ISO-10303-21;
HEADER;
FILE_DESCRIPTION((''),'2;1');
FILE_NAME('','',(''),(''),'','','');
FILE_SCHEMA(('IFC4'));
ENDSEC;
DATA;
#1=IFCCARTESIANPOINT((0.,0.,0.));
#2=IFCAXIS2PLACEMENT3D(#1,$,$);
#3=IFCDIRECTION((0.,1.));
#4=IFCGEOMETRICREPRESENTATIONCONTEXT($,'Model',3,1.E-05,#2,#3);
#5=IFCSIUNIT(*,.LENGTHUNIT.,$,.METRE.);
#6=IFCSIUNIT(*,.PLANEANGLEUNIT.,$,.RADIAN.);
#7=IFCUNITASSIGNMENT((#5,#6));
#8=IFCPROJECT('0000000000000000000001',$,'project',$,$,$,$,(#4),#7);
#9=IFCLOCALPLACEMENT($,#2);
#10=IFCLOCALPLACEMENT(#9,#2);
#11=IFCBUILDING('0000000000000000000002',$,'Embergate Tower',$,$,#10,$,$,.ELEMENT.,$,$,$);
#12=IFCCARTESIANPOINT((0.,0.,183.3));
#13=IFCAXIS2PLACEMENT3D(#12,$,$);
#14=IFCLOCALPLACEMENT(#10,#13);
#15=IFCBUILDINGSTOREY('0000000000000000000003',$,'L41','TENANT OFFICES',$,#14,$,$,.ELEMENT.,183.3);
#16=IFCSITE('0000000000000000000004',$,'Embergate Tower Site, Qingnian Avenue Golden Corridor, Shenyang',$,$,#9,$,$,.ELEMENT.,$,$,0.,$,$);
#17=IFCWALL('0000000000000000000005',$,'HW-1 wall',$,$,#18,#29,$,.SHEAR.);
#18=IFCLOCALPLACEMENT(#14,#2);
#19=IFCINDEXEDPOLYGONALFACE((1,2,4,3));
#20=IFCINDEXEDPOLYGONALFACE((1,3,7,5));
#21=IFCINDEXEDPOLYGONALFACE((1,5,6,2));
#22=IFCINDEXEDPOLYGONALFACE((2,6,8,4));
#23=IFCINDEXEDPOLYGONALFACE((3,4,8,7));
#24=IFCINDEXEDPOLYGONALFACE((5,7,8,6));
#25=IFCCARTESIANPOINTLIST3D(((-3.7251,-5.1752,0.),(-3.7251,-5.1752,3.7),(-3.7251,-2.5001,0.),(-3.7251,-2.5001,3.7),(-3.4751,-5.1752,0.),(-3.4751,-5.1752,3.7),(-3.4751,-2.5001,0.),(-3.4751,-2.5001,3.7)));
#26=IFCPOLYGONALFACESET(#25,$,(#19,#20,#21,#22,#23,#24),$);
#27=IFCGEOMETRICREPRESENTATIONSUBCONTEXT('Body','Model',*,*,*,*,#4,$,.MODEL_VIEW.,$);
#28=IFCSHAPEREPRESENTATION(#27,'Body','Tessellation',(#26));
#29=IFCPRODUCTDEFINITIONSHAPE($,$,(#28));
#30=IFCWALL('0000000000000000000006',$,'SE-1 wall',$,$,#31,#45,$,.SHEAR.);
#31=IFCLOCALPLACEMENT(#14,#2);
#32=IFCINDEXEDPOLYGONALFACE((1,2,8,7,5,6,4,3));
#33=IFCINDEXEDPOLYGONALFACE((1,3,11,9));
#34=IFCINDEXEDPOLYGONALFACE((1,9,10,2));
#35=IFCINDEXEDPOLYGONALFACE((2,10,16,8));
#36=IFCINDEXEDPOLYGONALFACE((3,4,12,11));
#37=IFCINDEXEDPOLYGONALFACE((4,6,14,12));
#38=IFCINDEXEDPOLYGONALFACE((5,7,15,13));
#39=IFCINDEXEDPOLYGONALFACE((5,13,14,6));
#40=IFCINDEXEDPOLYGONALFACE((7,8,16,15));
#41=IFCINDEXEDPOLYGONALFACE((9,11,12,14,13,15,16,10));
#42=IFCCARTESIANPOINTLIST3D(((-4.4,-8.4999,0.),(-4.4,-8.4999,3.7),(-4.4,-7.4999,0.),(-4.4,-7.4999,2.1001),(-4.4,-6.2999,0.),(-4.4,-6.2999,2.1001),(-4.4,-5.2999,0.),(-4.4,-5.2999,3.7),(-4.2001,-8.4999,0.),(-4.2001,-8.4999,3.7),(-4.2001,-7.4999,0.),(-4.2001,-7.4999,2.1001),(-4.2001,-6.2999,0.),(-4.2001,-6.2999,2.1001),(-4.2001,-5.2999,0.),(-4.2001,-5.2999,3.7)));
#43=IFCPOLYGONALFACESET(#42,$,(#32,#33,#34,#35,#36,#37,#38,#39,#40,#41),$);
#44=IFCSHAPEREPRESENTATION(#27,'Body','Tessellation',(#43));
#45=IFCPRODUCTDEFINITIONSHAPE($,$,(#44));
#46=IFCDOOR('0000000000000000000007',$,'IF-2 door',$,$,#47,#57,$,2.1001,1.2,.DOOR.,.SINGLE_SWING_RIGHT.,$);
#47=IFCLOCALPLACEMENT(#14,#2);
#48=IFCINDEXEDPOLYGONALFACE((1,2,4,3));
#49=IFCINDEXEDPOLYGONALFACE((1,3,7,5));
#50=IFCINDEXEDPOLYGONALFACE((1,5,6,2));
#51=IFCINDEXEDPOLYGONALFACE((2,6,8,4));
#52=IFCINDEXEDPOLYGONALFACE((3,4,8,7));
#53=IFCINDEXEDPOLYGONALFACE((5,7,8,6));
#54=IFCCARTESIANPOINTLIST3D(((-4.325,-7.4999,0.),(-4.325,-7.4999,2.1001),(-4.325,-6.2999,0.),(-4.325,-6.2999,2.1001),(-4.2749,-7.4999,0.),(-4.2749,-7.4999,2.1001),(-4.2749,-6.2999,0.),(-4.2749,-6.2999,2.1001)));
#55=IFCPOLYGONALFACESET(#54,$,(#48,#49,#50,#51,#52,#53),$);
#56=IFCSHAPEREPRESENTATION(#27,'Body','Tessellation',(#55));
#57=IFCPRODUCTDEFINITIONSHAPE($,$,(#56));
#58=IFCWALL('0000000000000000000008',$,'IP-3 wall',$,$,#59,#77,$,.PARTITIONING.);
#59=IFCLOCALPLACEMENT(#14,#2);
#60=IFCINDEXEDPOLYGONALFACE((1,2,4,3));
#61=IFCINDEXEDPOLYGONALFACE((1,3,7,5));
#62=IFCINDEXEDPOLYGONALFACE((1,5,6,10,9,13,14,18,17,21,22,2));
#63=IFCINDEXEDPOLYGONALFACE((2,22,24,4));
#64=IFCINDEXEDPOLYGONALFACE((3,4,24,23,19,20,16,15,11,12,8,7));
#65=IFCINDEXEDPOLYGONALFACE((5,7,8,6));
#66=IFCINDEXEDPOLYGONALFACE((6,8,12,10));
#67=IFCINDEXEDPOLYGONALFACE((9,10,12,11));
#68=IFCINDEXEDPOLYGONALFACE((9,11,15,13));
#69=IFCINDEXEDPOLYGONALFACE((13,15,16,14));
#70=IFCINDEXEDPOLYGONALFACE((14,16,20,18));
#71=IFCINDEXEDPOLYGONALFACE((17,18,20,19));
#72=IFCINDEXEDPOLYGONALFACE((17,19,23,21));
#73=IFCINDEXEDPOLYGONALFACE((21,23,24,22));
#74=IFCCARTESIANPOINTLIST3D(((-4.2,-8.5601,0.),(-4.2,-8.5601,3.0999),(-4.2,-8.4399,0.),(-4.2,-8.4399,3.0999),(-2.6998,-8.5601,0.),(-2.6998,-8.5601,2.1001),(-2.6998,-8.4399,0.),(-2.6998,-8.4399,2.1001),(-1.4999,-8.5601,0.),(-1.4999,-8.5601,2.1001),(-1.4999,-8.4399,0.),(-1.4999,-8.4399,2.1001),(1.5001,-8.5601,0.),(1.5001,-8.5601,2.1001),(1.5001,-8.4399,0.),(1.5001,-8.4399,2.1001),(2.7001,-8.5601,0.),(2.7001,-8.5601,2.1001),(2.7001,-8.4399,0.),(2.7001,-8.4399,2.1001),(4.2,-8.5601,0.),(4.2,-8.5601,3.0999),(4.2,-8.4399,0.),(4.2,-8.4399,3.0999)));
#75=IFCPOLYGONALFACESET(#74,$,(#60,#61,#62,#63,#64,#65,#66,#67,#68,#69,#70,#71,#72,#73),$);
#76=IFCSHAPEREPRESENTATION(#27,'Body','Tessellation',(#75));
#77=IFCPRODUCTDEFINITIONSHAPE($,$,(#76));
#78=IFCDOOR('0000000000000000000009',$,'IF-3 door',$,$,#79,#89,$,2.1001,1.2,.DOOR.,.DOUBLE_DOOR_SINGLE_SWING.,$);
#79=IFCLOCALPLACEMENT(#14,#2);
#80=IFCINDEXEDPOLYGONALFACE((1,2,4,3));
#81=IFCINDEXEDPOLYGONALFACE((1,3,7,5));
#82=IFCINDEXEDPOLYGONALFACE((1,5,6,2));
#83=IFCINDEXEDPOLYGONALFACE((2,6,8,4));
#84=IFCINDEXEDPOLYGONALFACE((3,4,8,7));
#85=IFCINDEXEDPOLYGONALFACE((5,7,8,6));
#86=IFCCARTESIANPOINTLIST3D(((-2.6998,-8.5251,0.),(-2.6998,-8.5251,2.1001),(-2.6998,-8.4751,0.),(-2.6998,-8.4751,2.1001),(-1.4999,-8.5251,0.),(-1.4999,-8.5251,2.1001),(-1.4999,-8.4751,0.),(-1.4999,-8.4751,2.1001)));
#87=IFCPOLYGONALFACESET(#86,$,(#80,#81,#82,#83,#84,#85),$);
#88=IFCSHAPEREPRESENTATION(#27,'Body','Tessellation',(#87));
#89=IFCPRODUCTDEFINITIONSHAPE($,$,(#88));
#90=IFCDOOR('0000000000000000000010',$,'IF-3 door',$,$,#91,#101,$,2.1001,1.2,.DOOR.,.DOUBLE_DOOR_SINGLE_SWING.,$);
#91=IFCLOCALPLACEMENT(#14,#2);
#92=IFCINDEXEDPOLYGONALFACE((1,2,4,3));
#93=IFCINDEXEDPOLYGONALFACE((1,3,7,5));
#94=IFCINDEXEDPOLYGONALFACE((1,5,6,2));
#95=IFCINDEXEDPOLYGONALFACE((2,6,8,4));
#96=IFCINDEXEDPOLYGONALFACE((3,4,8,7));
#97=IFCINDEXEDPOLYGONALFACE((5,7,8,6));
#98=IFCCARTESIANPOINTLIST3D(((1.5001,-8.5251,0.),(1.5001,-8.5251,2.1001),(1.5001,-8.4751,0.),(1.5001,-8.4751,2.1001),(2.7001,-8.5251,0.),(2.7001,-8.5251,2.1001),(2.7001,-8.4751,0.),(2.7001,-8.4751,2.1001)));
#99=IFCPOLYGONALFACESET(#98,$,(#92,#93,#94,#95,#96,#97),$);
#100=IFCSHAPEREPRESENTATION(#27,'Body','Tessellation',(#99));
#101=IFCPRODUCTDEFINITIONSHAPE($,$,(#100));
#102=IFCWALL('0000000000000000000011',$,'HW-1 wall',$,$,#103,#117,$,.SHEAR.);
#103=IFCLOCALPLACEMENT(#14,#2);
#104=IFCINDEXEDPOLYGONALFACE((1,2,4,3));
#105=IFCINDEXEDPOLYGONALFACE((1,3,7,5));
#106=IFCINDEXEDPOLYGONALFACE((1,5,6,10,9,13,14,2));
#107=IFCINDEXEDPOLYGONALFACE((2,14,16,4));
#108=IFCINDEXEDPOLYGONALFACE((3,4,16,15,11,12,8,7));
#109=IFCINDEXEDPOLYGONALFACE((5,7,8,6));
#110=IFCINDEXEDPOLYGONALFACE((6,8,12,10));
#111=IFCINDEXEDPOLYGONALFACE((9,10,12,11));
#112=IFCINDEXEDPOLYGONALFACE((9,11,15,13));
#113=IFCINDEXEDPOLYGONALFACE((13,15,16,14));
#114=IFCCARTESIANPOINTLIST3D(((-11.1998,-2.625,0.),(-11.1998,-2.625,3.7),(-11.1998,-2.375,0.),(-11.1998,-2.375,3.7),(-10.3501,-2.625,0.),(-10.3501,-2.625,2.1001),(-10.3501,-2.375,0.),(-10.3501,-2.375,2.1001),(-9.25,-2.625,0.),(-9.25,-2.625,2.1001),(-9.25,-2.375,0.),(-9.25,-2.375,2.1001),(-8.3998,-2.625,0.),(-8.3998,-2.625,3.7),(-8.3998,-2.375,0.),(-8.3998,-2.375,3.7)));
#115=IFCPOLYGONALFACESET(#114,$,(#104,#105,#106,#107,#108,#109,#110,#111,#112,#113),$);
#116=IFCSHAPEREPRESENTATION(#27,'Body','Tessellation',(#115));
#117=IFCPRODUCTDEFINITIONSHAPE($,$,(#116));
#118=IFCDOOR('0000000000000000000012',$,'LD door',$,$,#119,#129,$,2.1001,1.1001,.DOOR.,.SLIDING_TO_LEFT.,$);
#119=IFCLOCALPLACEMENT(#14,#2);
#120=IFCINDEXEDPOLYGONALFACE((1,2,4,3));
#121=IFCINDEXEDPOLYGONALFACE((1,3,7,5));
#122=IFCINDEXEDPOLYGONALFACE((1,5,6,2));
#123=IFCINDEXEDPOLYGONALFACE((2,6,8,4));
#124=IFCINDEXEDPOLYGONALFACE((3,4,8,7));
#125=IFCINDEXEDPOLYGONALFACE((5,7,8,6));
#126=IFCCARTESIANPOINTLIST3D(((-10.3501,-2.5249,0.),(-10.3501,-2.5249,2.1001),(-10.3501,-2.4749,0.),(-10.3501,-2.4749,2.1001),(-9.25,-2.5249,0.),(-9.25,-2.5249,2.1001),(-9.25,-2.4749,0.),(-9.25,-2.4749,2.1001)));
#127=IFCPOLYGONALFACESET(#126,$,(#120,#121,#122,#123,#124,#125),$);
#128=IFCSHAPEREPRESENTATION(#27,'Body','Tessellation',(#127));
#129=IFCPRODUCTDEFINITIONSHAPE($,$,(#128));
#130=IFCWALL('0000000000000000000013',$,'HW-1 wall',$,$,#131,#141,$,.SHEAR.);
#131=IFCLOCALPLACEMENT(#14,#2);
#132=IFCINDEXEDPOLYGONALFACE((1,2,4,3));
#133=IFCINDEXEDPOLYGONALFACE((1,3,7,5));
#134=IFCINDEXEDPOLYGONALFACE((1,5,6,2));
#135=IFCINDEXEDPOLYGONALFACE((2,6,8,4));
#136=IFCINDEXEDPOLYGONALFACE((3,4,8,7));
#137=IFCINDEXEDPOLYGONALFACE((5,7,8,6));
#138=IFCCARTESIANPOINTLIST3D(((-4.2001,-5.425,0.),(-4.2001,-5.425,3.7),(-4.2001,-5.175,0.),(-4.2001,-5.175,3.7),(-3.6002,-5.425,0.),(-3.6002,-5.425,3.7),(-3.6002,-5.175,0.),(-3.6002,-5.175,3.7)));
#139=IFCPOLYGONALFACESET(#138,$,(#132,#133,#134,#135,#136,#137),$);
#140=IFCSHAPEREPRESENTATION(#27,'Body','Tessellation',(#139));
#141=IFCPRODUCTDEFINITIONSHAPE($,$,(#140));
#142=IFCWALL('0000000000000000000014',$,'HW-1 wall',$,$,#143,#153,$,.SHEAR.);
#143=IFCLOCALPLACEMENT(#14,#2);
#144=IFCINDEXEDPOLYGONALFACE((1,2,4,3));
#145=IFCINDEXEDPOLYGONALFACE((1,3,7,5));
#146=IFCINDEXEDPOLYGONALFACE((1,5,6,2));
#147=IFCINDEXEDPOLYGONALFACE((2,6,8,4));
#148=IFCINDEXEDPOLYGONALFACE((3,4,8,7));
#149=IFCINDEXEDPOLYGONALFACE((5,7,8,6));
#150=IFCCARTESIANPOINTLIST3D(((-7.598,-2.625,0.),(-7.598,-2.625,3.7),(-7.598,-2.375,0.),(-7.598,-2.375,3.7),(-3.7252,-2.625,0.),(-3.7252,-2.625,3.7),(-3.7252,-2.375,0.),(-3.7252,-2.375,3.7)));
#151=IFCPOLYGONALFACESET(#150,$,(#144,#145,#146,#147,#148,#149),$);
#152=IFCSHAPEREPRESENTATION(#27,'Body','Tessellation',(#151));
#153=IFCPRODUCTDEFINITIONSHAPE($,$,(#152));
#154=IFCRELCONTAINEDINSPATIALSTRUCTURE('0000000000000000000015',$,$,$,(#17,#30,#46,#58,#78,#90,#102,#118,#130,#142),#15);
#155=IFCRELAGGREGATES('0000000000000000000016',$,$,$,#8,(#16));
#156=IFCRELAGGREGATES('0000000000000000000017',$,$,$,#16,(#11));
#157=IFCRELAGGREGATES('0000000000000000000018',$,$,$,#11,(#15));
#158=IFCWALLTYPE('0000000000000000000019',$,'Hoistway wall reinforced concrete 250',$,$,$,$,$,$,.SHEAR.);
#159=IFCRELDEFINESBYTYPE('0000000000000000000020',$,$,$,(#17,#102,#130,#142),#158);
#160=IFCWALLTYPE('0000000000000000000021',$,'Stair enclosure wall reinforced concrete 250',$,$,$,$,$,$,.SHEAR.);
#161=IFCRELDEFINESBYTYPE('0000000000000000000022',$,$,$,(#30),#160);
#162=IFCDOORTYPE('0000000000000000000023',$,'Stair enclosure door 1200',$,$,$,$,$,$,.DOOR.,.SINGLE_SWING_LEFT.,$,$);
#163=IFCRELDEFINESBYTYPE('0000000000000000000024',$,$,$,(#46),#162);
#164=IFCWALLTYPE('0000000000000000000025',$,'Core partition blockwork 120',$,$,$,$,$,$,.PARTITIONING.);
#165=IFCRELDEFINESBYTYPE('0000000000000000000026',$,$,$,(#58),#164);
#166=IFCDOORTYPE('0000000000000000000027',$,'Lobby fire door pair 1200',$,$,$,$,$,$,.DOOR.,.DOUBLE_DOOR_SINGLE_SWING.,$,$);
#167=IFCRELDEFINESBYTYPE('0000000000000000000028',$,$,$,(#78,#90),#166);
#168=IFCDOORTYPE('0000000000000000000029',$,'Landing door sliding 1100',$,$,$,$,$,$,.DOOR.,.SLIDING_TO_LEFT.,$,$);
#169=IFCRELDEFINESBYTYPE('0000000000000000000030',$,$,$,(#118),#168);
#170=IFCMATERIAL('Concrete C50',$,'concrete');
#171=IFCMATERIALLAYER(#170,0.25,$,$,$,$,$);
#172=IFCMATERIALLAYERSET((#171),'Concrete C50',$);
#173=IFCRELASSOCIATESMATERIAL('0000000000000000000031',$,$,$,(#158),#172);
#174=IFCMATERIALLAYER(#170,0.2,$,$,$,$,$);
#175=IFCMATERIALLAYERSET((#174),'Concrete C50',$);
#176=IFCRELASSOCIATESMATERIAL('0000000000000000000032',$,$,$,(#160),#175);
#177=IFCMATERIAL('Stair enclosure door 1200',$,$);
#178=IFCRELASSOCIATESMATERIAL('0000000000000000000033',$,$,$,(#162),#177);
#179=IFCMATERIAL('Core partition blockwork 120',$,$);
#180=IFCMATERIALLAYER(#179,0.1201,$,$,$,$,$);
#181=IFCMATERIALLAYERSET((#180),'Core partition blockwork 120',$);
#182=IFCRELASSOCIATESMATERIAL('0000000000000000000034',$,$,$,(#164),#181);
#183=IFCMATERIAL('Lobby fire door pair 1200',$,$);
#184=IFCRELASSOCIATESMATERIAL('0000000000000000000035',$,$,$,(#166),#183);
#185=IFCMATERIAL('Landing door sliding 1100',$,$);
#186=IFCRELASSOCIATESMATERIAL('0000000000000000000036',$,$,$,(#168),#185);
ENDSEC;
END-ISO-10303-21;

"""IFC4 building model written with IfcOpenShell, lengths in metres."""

from ifc_helpers import new_model, si_unit, direction, frame, frame_2d, origin, place, context, subcontext, project, spatial, rectangle, extrude, source, transform, mapped, material, layer, layer_set, type_object, element, fill, save


model = new_model("IFC4")

# Units and contexts
model_context = context("Model", 3, precision=1e-05, world=origin(), true_north=direction((0.0, 1.0)))
body_context = subcontext(model_context, "Body", "Model", "MODEL_VIEW")
ifc_project = project(units=[si_unit("LENGTHUNIT", "METRE"), si_unit("PLANEANGLEUNIT", "RADIAN")], contexts=[model_context])

# Site, building, storey
site_placement = place(None, origin())
site = spatial("IfcSite", under=ifc_project, at=site_placement, Name="Embergate Tower Site, Qingnian Avenue Golden Corridor, Shenyang", CompositionType="ELEMENT", RefElevation=0.0)
building_placement = place(site_placement, origin())
building = spatial("IfcBuilding", under=site, at=building_placement, Name="Embergate Tower", CompositionType="ELEMENT")
storey_placement = place(building_placement, frame((0.0, 0.0, 183.3)))
storey = spatial("IfcBuildingStorey", under=building, at=storey_placement, Name="L41", Description="TENANT OFFICES", CompositionType="ELEMENT", Elevation=183.3)

# Wall
ifc_material_1 = material(Name="Concrete C50", Category="concrete")
ifc_layer_1 = layer(ifc_material_1, 0.25)
ifc_layer_set_1 = layer_set([ifc_layer_1], Name="Concrete C50")
wall_type_1 = type_object("IfcWallType", Name="Hoistway wall reinforced concrete 250", PredefinedType="SHEAR", material=ifc_layer_set_1)
shared_shape_1 = source(origin(), body_context, "Body", "SweptSolid", [
    extrude(rectangle(XDim=2.675, YDim=0.25, at=frame_2d((1.3374, 0.0))), origin(), (0.0, 0.0, 1.0), 3.7),
])
wall_1_placement = place(storey_placement, frame((-3.6001, -5.175, 0.0), z_axis=(0.0, 0.0, 1.0), x_axis=(0.0, 1.0, 0.0)))
element("IfcWall", 1, at=wall_1_placement, inside=storey, type_object=wall_type_1, Name="HW-1 wall", PredefinedType="SHEAR", context=body_context, shape_type="MappedRepresentation", body=[
    mapped(shared_shape_1, transform((0.0, 0.0, 0.0))),
])

# Wall, opening, door
ifc_layer_2 = layer(ifc_material_1, 0.2)
ifc_layer_set_2 = layer_set([ifc_layer_2], Name="Concrete C50")
wall_type_2 = type_object("IfcWallType", Name="Stair enclosure wall reinforced concrete 250", PredefinedType="SHEAR", material=ifc_layer_set_2)
shared_shape_2 = source(origin(), body_context, "Body", "SweptSolid", [
    extrude(rectangle(XDim=3.2, YDim=0.2, at=frame_2d((1.6001, 0.0))), origin(), (0.0, 0.0, 1.0), 3.7),
])
wall_2_placement = place(storey_placement, frame((-4.3, -8.5, 0.0), z_axis=(0.0, 0.0, 1.0), x_axis=(0.0, 1.0, 0.0)))
wall_2 = element("IfcWall", 2, at=wall_2_placement, inside=storey, type_object=wall_type_2, Name="SE-1 wall", PredefinedType="SHEAR", context=body_context, shape_type="MappedRepresentation", body=[
    mapped(shared_shape_2, transform((0.0, 0.0, 0.0))),
])
shared_shape_3 = source(origin(), body_context, "Body", "SweptSolid", [
    extrude(rectangle(XDim=1.2, YDim=2.1001, at=frame_2d((0.6001, 1.05))), frame((0.0, 0.1099, 0.0), z_axis=(0.0, -1.0, 0.0), x_axis=(1.0, 0.0, 0.0)), (0.0, 0.0, 1.0), 0.22),
])
opening_1_placement = place(wall_2_placement, frame((1.0, 0.0, 0.0)))
opening_1 = element("IfcOpeningElement", 3, at=opening_1_placement, cuts=wall_2, PredefinedType="OPENING", context=body_context, shape_type="MappedRepresentation", body=[
    mapped(shared_shape_3, transform((0.0, 0.0, 0.0))),
])
ifc_material_2 = material(Name="Stair enclosure door 1200")
door_type_1 = type_object("IfcDoorType", Name="Stair enclosure door 1200", OperationType="SINGLE_SWING_LEFT", PredefinedType="DOOR", material=ifc_material_2)
shared_shape_4 = source(origin(), body_context, "Body", "SweptSolid", [
    extrude(rectangle(XDim=1.2, YDim=2.1001, at=frame_2d((0.6001, 1.05))), frame((0.0, 0.0249, 0.0), z_axis=(0.0, -1.0, 0.0), x_axis=(1.0, 0.0, 0.0)), (0.0, 0.0, 1.0), 0.05),
])
door_1_placement = place(opening_1_placement, origin())
door_1 = element("IfcDoor", 4, at=door_1_placement, inside=storey, type_object=door_type_1, Name="IF-2 door", OperationType="SINGLE_SWING_RIGHT", OverallHeight=2.1001, OverallWidth=1.2, PredefinedType="DOOR", context=body_context, shape_type="MappedRepresentation", body=[
    mapped(shared_shape_4, transform((0.0, 0.0, 0.0))),
])
fill(opening_1, door_1)

# Wall, openings, doors
ifc_material_3 = material(Name="Core partition blockwork 120")
ifc_layer_3 = layer(ifc_material_3, 0.1201)
ifc_layer_set_3 = layer_set([ifc_layer_3], Name="Core partition blockwork 120")
wall_type_3 = type_object("IfcWallType", Name="Core partition blockwork 120", PredefinedType="PARTITIONING", material=ifc_layer_set_3)
shared_shape_5 = source(origin(), body_context, "Body", "SweptSolid", [
    extrude(rectangle(XDim=8.3999, YDim=0.1201, at=frame_2d((4.2, 0.0))), origin(), (0.0, 0.0, 1.0), 3.0999),
])
wall_3_placement = place(storey_placement, frame((-4.2, -8.5, 0.0), z_axis=(0.0, 0.0, 1.0), x_axis=(1.0, 0.0, 0.0)))
wall_3 = element("IfcWall", 5, at=wall_3_placement, inside=storey, type_object=wall_type_3, Name="IP-3 wall", PredefinedType="PARTITIONING", context=body_context, shape_type="MappedRepresentation", body=[
    mapped(shared_shape_5, transform((0.0, 0.0, 0.0))),
])
shared_shape_6 = source(origin(), body_context, "Body", "SweptSolid", [
    extrude(rectangle(XDim=1.2, YDim=2.1001, at=frame_2d((0.6001, 1.05))), frame((0.0, 0.0701, 0.0), z_axis=(0.0, -1.0, 0.0), x_axis=(1.0, 0.0, 0.0)), (0.0, 0.0, 1.0), 0.1401),
])
opening_2_placement = place(wall_3_placement, frame((1.5, 0.0, 0.0)))
opening_2 = element("IfcOpeningElement", 6, at=opening_2_placement, cuts=wall_3, PredefinedType="OPENING", context=body_context, shape_type="MappedRepresentation", body=[
    mapped(shared_shape_6, transform((0.0, 0.0, 0.0))),
])
opening_3_placement = place(wall_3_placement, frame((5.7, 0.0, 0.0)))
opening_3 = element("IfcOpeningElement", 7, at=opening_3_placement, cuts=wall_3, PredefinedType="OPENING", context=body_context, shape_type="MappedRepresentation", body=[
    mapped(shared_shape_6, transform((0.0, 0.0, 0.0))),
])
ifc_material_4 = material(Name="Lobby fire door pair 1200")
door_type_2 = type_object("IfcDoorType", Name="Lobby fire door pair 1200", OperationType="DOUBLE_DOOR_SINGLE_SWING", PredefinedType="DOOR", material=ifc_material_4)
door_2_placement = place(opening_2_placement, origin())
door_2 = element("IfcDoor", 8, at=door_2_placement, inside=storey, type_object=door_type_2, Name="IF-3 door", OperationType="DOUBLE_DOOR_SINGLE_SWING", OverallHeight=2.1001, OverallWidth=1.2, PredefinedType="DOOR", context=body_context, shape_type="MappedRepresentation", body=[
    mapped(shared_shape_4, transform((0.0, 0.0, 0.0))),
])
fill(opening_2, door_2)
door_3_placement = place(opening_3_placement, origin())
door_3 = element("IfcDoor", 9, at=door_3_placement, inside=storey, type_object=door_type_2, Name="IF-3 door", OperationType="DOUBLE_DOOR_SINGLE_SWING", OverallHeight=2.1001, OverallWidth=1.2, PredefinedType="DOOR", context=body_context, shape_type="MappedRepresentation", body=[
    mapped(shared_shape_4, transform((0.0, 0.0, 0.0))),
])
fill(opening_3, door_3)

# Wall, opening, door
shared_shape_7 = source(origin(), body_context, "Body", "SweptSolid", [
    extrude(rectangle(XDim=2.8, YDim=0.25, at=frame_2d((1.3999, 0.0))), origin(), (0.0, 0.0, 1.0), 3.7),
])
wall_4_placement = place(storey_placement, frame((-8.3999, -2.5, 0.0), z_axis=(0.0, 0.0, 1.0), x_axis=(-1.0, 0.0, 0.0)))
wall_4 = element("IfcWall", 10, at=wall_4_placement, inside=storey, type_object=wall_type_1, Name="HW-1 wall", PredefinedType="SHEAR", context=body_context, shape_type="MappedRepresentation", body=[
    mapped(shared_shape_7, transform((0.0, 0.0, 0.0))),
])
shared_shape_8 = source(origin(), body_context, "Body", "SweptSolid", [
    extrude(rectangle(XDim=1.1001, YDim=2.1001, at=frame_2d((0.55, 1.05))), frame((0.0, 0.135, 0.0), z_axis=(0.0, -1.0, 0.0), x_axis=(1.0, 0.0, 0.0)), (0.0, 0.0, 1.0), 0.27),
])
opening_4_placement = place(wall_4_placement, frame((0.8501, 0.0, 0.0)))
opening_4 = element("IfcOpeningElement", 11, at=opening_4_placement, cuts=wall_4, PredefinedType="OPENING", context=body_context, shape_type="MappedRepresentation", body=[
    mapped(shared_shape_8, transform((0.0, 0.0, 0.0))),
])
ifc_material_5 = material(Name="Landing door sliding 1100")
door_type_3 = type_object("IfcDoorType", Name="Landing door sliding 1100", OperationType="SLIDING_TO_LEFT", PredefinedType="DOOR", material=ifc_material_5)
shared_shape_9 = source(origin(), body_context, "Body", "SweptSolid", [
    extrude(rectangle(XDim=1.1001, YDim=2.1001, at=frame_2d((0.55, 1.05))), frame((0.0, 0.0249, 0.0), z_axis=(0.0, -1.0, 0.0), x_axis=(1.0, 0.0, 0.0)), (0.0, 0.0, 1.0), 0.05),
])
door_4_placement = place(opening_4_placement, origin())
door_4 = element("IfcDoor", 12, at=door_4_placement, inside=storey, type_object=door_type_3, Name="LD door", OperationType="SLIDING_TO_LEFT", OverallHeight=2.1001, OverallWidth=1.1001, PredefinedType="DOOR", context=body_context, shape_type="MappedRepresentation", body=[
    mapped(shared_shape_9, transform((0.0, 0.0, 0.0))),
])
fill(opening_4, door_4)

# Walls
shared_shape_10 = source(origin(), body_context, "Body", "SweptSolid", [
    extrude(rectangle(XDim=0.5999, YDim=0.25, at=frame_2d((0.2998, 0.0))), origin(), (0.0, 0.0, 1.0), 3.7),
])
wall_5_placement = place(storey_placement, frame((-4.2, -5.3, 0.0), z_axis=(0.0, 0.0, 1.0), x_axis=(1.0, 0.0, 0.0)))
element("IfcWall", 13, at=wall_5_placement, inside=storey, type_object=wall_type_1, Name="HW-1 wall", PredefinedType="SHEAR", context=body_context, shape_type="MappedRepresentation", body=[
    mapped(shared_shape_10, transform((0.0, 0.0, 0.0))),
])
shared_shape_11 = source(origin(), body_context, "Body", "SweptSolid", [
    extrude(rectangle(XDim=3.8728, YDim=0.25, at=frame_2d((1.9365, 0.0))), origin(), (0.0, 0.0, 1.0), 3.7),
])
wall_6_placement = place(storey_placement, frame((-3.7251, -2.5, 0.0), z_axis=(0.0, 0.0, 1.0), x_axis=(-1.0, 0.0, 0.0)))
element("IfcWall", 14, at=wall_6_placement, inside=storey, type_object=wall_type_1, Name="HW-1 wall", PredefinedType="SHEAR", context=body_context, shape_type="MappedRepresentation", body=[
    mapped(shared_shape_11, transform((0.0, 0.0, 0.0))),
])

save(model, "model.ifc")
